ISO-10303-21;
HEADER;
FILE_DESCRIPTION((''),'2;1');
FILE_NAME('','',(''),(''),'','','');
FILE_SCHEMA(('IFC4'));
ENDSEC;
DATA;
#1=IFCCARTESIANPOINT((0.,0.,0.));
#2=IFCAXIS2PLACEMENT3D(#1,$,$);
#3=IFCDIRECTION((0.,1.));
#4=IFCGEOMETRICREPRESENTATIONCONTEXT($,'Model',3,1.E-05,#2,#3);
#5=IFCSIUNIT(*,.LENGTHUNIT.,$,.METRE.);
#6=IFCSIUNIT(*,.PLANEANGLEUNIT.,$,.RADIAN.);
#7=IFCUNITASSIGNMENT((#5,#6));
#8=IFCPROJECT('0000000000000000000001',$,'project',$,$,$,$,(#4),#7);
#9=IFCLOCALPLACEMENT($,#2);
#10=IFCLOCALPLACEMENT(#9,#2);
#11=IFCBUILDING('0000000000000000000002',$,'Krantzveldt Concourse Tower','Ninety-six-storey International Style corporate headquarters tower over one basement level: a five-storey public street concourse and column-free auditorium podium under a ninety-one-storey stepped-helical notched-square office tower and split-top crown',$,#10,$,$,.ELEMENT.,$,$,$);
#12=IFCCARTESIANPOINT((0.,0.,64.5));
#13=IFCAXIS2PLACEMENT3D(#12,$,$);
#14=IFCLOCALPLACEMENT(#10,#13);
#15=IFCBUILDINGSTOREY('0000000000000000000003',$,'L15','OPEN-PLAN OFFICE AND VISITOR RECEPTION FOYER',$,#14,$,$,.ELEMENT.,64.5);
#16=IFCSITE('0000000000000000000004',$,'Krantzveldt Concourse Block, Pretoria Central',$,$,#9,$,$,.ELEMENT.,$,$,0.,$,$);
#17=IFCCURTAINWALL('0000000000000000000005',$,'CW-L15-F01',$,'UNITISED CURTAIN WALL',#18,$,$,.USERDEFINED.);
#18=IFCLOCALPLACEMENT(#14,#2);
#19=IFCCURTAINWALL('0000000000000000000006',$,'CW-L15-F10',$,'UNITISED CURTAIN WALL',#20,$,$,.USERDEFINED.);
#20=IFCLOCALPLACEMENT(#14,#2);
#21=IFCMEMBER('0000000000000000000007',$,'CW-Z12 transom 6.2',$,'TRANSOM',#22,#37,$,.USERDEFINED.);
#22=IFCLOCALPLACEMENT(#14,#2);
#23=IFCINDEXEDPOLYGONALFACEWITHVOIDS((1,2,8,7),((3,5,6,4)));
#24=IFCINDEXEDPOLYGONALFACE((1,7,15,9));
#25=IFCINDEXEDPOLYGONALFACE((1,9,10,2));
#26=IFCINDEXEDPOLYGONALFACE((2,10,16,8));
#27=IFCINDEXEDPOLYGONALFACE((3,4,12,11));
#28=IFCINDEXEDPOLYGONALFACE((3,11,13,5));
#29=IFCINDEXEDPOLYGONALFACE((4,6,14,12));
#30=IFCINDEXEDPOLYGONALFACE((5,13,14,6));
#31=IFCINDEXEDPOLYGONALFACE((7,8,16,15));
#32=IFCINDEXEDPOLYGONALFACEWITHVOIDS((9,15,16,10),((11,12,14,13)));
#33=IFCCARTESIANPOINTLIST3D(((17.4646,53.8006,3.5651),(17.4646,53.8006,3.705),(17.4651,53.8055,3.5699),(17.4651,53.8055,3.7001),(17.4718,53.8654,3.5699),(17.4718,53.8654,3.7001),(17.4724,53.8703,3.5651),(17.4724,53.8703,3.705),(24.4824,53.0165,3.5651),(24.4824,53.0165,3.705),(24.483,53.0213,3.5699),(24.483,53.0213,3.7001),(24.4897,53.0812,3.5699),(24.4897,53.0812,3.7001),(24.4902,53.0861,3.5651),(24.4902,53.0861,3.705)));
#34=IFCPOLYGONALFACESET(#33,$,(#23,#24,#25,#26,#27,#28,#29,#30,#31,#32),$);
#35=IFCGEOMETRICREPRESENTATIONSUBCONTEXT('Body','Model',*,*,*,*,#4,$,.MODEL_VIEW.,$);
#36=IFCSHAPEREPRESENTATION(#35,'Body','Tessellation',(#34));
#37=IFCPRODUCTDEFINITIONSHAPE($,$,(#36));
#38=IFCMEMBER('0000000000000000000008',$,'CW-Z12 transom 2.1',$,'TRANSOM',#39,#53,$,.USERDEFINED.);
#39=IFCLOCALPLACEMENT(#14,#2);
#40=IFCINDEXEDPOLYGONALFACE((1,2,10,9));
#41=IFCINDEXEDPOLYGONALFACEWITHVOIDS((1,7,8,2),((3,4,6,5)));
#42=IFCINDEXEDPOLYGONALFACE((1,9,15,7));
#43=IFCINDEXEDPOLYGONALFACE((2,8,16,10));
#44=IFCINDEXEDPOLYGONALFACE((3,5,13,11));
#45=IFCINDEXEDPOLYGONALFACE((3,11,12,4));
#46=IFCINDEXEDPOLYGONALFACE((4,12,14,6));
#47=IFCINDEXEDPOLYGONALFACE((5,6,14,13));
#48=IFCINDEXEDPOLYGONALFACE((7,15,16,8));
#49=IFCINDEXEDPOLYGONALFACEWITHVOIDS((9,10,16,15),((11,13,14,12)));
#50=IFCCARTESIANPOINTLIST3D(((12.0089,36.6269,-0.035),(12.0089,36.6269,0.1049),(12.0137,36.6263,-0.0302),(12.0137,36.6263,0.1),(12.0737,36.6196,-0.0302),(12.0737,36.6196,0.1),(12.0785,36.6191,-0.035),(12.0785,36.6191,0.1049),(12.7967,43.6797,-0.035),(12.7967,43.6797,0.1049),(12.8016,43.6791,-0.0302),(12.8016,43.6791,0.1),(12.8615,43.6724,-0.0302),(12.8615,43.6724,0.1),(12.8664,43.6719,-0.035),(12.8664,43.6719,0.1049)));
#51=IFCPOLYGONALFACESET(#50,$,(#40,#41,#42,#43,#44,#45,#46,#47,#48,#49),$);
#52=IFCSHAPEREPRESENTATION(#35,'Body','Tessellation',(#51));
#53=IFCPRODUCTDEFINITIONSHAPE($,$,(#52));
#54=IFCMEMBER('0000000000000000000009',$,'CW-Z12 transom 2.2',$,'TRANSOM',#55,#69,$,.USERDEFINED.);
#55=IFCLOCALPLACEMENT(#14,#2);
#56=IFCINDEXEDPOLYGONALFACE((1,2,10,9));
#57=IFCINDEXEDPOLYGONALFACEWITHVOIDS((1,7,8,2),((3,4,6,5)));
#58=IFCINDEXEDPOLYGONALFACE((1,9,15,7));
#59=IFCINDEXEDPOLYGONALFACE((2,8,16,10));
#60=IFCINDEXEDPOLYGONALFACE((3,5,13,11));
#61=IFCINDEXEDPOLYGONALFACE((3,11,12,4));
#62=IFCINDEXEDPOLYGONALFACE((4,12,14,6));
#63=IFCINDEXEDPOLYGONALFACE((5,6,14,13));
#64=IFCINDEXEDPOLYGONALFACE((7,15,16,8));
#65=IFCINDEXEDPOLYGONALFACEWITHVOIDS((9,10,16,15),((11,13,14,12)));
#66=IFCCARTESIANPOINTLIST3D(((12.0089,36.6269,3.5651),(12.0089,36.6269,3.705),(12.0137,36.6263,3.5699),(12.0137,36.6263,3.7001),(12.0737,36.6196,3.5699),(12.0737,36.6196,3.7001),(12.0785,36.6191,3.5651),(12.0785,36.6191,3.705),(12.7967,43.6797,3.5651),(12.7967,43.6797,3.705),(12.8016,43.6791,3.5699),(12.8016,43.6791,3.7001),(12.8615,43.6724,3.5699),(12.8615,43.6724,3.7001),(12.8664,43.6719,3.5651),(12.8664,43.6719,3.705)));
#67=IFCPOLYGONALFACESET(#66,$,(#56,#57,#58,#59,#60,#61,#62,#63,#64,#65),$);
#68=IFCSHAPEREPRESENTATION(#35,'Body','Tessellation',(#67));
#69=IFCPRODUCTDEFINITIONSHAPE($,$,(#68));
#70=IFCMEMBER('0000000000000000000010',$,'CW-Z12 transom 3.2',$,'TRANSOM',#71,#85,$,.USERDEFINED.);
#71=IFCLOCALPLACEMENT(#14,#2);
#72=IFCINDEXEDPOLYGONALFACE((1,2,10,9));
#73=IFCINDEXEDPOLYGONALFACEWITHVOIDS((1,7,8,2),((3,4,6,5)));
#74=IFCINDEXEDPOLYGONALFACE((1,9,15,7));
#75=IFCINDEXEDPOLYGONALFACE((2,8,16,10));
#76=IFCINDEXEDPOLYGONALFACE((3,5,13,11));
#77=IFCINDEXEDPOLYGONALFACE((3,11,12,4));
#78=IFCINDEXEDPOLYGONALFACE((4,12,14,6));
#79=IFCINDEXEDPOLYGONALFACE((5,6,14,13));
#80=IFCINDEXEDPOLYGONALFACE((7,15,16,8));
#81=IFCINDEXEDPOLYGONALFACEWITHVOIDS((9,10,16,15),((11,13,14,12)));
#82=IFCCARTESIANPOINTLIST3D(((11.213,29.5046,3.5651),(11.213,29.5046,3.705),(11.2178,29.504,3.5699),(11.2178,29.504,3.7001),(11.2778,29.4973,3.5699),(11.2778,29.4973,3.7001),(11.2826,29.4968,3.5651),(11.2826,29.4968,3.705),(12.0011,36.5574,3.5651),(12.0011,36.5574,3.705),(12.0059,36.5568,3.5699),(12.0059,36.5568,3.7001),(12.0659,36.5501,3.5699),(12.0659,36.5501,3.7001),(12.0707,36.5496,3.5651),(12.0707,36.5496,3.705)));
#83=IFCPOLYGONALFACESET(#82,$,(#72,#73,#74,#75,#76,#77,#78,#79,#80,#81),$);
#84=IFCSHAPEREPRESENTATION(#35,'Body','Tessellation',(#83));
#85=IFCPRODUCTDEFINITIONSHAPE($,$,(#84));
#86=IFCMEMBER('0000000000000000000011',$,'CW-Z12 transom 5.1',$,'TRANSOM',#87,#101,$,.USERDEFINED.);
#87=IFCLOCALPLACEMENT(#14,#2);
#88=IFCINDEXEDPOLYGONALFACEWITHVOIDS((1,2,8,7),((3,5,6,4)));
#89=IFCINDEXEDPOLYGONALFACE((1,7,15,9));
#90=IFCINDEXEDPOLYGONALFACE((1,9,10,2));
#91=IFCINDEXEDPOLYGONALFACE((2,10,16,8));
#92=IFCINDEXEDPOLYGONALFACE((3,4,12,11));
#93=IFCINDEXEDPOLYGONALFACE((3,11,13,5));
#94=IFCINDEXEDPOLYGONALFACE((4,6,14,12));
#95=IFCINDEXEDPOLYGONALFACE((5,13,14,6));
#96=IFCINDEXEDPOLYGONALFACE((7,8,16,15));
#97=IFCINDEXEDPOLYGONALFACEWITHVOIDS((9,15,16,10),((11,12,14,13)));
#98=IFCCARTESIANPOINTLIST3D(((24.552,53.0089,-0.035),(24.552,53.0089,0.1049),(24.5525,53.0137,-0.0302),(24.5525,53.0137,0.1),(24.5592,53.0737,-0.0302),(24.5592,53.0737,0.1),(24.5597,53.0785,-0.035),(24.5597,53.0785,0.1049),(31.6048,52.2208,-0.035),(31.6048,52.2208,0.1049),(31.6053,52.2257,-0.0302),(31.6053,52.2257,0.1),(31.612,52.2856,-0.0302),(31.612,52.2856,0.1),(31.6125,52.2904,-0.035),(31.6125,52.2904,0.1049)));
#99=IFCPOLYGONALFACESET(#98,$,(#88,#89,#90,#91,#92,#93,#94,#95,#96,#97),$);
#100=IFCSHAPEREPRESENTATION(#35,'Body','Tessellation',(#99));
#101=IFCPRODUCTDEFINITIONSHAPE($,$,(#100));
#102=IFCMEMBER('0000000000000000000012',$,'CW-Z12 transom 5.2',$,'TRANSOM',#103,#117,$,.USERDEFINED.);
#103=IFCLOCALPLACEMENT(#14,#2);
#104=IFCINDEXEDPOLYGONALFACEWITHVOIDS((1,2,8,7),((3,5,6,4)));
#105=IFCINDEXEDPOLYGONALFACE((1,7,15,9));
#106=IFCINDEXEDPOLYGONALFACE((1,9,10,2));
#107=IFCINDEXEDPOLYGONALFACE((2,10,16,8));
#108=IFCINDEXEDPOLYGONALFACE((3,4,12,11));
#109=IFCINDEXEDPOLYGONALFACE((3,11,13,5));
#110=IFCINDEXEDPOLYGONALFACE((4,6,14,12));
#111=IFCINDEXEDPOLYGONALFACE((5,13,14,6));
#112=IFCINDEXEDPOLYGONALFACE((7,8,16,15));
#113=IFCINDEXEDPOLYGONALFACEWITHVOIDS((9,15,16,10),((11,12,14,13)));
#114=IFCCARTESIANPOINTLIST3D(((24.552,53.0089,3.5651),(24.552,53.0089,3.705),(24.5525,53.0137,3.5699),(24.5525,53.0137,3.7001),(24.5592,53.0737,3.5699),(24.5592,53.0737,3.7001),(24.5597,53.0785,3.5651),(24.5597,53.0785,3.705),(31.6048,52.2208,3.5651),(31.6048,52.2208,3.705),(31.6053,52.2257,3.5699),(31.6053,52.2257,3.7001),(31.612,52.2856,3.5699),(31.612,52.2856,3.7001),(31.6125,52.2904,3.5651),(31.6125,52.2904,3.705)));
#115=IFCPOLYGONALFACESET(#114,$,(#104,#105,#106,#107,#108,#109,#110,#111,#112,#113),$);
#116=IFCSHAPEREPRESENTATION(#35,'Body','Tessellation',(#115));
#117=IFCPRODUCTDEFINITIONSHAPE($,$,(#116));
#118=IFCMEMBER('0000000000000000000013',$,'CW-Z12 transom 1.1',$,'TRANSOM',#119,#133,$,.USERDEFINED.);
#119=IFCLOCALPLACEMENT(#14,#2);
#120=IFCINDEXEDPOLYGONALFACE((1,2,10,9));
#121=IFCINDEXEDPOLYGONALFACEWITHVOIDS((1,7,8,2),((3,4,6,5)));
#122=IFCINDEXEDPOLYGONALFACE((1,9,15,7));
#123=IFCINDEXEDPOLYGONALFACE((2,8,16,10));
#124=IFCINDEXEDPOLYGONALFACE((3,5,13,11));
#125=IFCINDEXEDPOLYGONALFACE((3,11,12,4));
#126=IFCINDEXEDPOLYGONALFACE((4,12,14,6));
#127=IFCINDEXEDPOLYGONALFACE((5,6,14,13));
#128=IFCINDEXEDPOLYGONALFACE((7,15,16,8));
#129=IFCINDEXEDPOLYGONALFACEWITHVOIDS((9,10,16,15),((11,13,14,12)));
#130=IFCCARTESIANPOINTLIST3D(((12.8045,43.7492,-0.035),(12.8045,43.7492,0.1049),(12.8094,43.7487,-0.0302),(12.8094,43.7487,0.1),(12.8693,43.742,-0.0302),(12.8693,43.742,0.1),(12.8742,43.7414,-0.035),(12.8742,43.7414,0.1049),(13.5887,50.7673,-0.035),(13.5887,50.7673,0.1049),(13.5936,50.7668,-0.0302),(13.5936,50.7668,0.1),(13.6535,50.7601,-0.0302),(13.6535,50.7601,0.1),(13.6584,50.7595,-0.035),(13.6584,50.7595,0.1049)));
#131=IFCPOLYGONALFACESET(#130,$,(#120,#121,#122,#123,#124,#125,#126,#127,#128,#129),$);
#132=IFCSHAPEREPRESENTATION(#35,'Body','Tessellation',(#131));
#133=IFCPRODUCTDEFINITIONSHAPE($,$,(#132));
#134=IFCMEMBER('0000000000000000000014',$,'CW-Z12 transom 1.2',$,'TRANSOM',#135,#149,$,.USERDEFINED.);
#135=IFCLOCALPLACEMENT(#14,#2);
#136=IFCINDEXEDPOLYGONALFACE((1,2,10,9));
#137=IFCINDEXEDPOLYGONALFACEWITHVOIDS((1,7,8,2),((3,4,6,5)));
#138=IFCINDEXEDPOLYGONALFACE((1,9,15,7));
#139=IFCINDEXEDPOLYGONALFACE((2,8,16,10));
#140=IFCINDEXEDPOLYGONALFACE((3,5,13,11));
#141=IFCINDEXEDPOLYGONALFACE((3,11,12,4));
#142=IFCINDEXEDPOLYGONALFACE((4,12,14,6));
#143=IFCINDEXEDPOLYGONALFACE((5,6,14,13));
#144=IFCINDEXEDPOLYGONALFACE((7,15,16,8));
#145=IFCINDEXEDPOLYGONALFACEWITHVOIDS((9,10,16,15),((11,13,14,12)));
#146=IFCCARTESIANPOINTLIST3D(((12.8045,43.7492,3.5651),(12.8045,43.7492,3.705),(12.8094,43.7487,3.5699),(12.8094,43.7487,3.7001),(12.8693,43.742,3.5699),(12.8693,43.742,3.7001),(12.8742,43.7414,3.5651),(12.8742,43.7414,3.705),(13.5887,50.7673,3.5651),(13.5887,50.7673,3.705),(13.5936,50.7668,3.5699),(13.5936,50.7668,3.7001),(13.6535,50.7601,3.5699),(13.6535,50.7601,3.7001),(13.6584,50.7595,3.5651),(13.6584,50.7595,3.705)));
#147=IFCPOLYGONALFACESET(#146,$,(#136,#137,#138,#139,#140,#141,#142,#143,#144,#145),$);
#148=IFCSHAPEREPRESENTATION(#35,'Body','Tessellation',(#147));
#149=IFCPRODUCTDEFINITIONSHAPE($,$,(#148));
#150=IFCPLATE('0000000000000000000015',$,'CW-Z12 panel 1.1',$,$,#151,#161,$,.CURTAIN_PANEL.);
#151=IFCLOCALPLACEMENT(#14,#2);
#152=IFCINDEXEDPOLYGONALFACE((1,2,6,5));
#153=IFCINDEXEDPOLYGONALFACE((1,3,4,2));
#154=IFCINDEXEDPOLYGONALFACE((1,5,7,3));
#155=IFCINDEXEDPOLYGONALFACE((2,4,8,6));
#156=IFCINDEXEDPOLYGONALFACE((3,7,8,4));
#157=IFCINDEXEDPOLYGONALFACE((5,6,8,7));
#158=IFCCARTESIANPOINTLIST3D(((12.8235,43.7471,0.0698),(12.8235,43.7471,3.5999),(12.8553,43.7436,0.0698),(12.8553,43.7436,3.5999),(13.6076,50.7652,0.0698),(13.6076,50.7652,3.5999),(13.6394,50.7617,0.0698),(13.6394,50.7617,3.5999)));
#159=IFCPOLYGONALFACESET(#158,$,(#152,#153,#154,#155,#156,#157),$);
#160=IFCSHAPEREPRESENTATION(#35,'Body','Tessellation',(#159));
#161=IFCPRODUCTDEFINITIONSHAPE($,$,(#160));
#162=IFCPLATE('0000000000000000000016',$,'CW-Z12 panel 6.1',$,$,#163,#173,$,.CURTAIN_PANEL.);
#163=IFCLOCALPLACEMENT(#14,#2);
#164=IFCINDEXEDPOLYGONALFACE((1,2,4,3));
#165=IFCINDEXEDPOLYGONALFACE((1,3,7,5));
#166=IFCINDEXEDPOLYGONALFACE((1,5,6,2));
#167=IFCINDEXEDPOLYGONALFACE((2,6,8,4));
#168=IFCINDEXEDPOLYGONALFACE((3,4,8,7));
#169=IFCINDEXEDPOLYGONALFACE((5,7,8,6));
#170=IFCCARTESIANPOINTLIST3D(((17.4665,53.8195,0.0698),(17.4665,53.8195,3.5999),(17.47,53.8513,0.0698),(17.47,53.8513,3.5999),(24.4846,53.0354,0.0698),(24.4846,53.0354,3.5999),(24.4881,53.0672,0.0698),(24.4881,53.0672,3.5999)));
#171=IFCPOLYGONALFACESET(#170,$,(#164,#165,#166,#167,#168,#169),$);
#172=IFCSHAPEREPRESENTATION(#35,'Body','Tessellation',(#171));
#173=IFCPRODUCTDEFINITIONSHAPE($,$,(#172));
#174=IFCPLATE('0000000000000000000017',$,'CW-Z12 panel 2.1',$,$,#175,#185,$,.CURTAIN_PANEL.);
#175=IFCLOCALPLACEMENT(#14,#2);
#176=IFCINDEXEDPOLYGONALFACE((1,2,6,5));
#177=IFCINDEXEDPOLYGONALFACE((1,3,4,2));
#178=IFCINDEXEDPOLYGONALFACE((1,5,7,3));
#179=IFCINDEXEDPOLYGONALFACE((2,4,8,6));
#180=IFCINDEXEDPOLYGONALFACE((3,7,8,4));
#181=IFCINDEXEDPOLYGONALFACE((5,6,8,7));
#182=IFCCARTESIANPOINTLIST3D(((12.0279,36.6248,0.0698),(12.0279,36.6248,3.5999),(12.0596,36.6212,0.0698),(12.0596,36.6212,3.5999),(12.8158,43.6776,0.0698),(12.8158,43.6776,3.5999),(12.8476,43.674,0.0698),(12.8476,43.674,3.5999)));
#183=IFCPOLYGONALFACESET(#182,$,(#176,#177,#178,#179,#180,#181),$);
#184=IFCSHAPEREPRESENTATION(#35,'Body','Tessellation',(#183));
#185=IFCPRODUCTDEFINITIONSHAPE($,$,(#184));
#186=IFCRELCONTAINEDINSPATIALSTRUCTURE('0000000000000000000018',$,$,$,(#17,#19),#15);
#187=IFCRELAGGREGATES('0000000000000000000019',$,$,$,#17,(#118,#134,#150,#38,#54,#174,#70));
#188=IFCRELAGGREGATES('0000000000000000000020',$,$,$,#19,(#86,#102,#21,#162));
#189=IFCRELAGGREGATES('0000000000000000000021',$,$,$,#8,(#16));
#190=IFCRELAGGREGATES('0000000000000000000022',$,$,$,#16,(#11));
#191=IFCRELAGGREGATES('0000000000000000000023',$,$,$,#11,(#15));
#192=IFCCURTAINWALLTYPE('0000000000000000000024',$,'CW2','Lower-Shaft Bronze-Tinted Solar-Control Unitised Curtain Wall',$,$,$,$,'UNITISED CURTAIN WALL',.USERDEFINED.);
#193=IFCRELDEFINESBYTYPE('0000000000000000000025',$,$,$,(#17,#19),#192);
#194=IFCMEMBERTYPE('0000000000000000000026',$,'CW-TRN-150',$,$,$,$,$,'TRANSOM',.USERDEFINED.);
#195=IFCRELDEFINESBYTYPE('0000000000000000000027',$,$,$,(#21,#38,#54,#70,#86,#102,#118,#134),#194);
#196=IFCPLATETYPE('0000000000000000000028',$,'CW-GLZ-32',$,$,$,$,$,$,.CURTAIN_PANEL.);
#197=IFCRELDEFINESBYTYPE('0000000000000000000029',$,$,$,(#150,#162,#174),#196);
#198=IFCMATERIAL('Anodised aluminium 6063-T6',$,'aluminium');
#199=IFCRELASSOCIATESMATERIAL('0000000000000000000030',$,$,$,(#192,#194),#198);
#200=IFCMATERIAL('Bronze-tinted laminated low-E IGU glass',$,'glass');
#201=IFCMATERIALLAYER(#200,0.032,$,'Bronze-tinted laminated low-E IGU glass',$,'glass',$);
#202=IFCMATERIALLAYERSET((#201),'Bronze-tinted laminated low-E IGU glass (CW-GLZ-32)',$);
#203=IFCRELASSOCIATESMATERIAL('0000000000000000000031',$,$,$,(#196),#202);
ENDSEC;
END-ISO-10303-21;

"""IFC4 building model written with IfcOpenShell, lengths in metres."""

from ifc_helpers import new_model, si_unit, direction, frame, origin, origin_2d, place, context, subcontext, project, spatial, rectangle, hollow_rectangle, extrude, source, transform, mapped, material, layer, layer_set, material_profile, profile_set, type_object, type_shapes, element, aggregate, save


model = new_model("IFC4")

# Units and contexts
model_context = context("Model", 3, precision=1e-05, world=origin(), true_north=direction((0.0, 1.0)))
body_context = subcontext(model_context, "Body", "Model", "MODEL_VIEW")
ifc_project = project(units=[si_unit("LENGTHUNIT", "METRE"), si_unit("PLANEANGLEUNIT", "RADIAN")], contexts=[model_context])

# Site, building, storey
site_placement = place(None, origin())
site = spatial("IfcSite", under=ifc_project, at=site_placement, Name="Krantzveldt Concourse Block, Pretoria Central", CompositionType="ELEMENT", RefElevation=0.0)
building_placement = place(site_placement, origin())
building = spatial("IfcBuilding", under=site, at=building_placement, Name="Krantzveldt Concourse Tower", Description="Ninety-six-storey International Style corporate headquarters tower over one basement level: a five-storey public street concourse and column-free auditorium podium under a ninety-one-storey stepped-helical notched-square office tower and split-top crown", CompositionType="ELEMENT")
storey_placement = place(building_placement, frame((0.0, 0.0, 64.5)))
storey = spatial("IfcBuildingStorey", under=building, at=storey_placement, Name="L15", Description="OPEN-PLAN OFFICE AND VISITOR RECEPTION FOYER", CompositionType="ELEMENT", Elevation=64.5)

# Curtain walls, member
ifc_material_1 = material(Name="Anodised aluminium 6063-T6", Category="aluminium")
curtain_wall_type = type_object("IfcCurtainWallType", Name="CW2", Description="Lower-Shaft Bronze-Tinted Solar-Control Unitised Curtain Wall", ElementType="UNITISED CURTAIN WALL", PredefinedType="USERDEFINED", material=ifc_material_1)
curtain_wall_1_placement = place(storey_placement, origin())
curtain_wall_1 = element("IfcCurtainWall", 1, at=curtain_wall_1_placement, inside=storey, type_object=curtain_wall_type, Name="CW-L15-F01", ObjectType="UNITISED CURTAIN WALL", PredefinedType="USERDEFINED")
curtain_wall_2_placement = place(storey_placement, origin())
curtain_wall_2 = element("IfcCurtainWall", 2, at=curtain_wall_2_placement, inside=storey, type_object=curtain_wall_type, Name="CW-L15-F10", ObjectType="UNITISED CURTAIN WALL", PredefinedType="USERDEFINED")
ifc_material_profile_1 = material_profile(ifc_material_1, hollow_rectangle(XDim=0.0701, YDim=0.1399, WallThickness=0.0049, at=origin_2d()), Name="Anodised aluminium 6063-T6", Category="aluminium")
ifc_profile_set_1 = profile_set([ifc_material_profile_1], Name="Anodised aluminium 6063-T6 - ALU-TRAN 140x70x5")
member_type_1 = type_object("IfcMemberType", Name="CW-TRN-150", ElementType="TRANSOM", PredefinedType="USERDEFINED", material=ifc_profile_set_1)
shared_shape_1 = source(origin(), body_context, "Body", "SweptSolid", [
    extrude(hollow_rectangle(XDim=0.0701, YDim=0.1399, WallThickness=0.0049, at=origin_2d()), origin(), (0.0, 0.0, 1.0), 7.0615),
])
member_1_placement = place(storey_placement, frame((24.4863, 53.0513, 3.635), z_axis=(-0.993815, 0.11105, 0.0), x_axis=(-0.11105, -0.993815, 0.0)))
member_1 = element("IfcMember", 3, at=member_1_placement, type_object=member_type_1, Name="CW-Z12 transom 6.2", ObjectType="TRANSOM", PredefinedType="USERDEFINED", context=body_context, shape_type="MappedRepresentation", body=[
    mapped(shared_shape_1, transform((0.0, 0.0, 0.0), x_axis=(1.0, 0.0, 0.0), y_axis=(0.0, 1.0, 0.0), z_axis=(0.0, 0.0, 1.0), scale=1.0)),
])

# Members
shared_shape_2 = source(origin(), body_context, "Body", "SweptSolid", [
    extrude(hollow_rectangle(XDim=0.0701, YDim=0.1399, WallThickness=0.0049, at=origin_2d()), origin(), (0.0, 0.0, 1.0), 7.0967),
])
member_2_placement = place(storey_placement, frame((12.8315, 43.6758, 0.0349), z_axis=(-0.111017, -0.993819, 0.0), x_axis=(0.993819, -0.111017, 0.0)))
member_2 = element("IfcMember", 4, at=member_2_placement, type_object=member_type_1, Name="CW-Z12 transom 2.1", ObjectType="TRANSOM", PredefinedType="USERDEFINED", context=body_context, shape_type="MappedRepresentation", body=[
    mapped(shared_shape_2, transform((0.0, 0.0, 0.0), x_axis=(1.0, 0.0, 0.0), y_axis=(0.0, 1.0, 0.0), z_axis=(0.0, 0.0, 1.0), scale=1.0)),
])
member_3_placement = place(storey_placement, frame((12.8315, 43.6758, 3.635), z_axis=(-0.111017, -0.993819, 0.0), x_axis=(0.993819, -0.111017, 0.0)))
member_3 = element("IfcMember", 5, at=member_3_placement, type_object=member_type_1, Name="CW-Z12 transom 2.2", ObjectType="TRANSOM", PredefinedType="USERDEFINED", context=body_context, shape_type="MappedRepresentation", body=[
    mapped(shared_shape_2, transform((0.0, 0.0, 0.0), x_axis=(1.0, 0.0, 0.0), y_axis=(0.0, 1.0, 0.0), z_axis=(0.0, 0.0, 1.0), scale=1.0)),
])
member_4_placement = place(storey_placement, frame((12.0359, 36.5535, 3.635), z_axis=(-0.111051, -0.993815, 0.0), x_axis=(0.993815, -0.111051, 0.0)))
member_4 = element("IfcMember", 6, at=member_4_placement, type_object=member_type_1, Name="CW-Z12 transom 3.2", ObjectType="TRANSOM", PredefinedType="USERDEFINED", context=body_context, shape_type="MappedRepresentation", body=[
    mapped(shared_shape_2, transform((0.0, 0.0, 0.0), x_axis=(1.0, 0.0, 0.0), y_axis=(0.0, 1.0, 0.0), z_axis=(0.0, 0.0, 1.0), scale=1.0)),
])
member_5_placement = place(storey_placement, frame((31.6086, 52.2556, 0.0349), z_axis=(-0.993815, 0.111051, 0.0), x_axis=(-0.111051, -0.993815, 0.0)))
member_5 = element("IfcMember", 7, at=member_5_placement, type_object=member_type_1, Name="CW-Z12 transom 5.1", ObjectType="TRANSOM", PredefinedType="USERDEFINED", context=body_context, shape_type="MappedRepresentation", body=[
    mapped(shared_shape_2, transform((0.0, 0.0, 0.0), x_axis=(1.0, 0.0, 0.0), y_axis=(0.0, 1.0, 0.0), z_axis=(0.0, 0.0, 1.0), scale=1.0)),
])
member_6_placement = place(storey_placement, frame((31.6086, 52.2556, 3.635), z_axis=(-0.993815, 0.111051, 0.0), x_axis=(-0.111051, -0.993815, 0.0)))
member_6 = element("IfcMember", 8, at=member_6_placement, type_object=member_type_1, Name="CW-Z12 transom 5.2", ObjectType="TRANSOM", PredefinedType="USERDEFINED", context=body_context, shape_type="MappedRepresentation", body=[
    mapped(shared_shape_2, transform((0.0, 0.0, 0.0), x_axis=(1.0, 0.0, 0.0), y_axis=(0.0, 1.0, 0.0), z_axis=(0.0, 0.0, 1.0), scale=1.0)),
])
shared_shape_3 = source(origin(), body_context, "Body", "SweptSolid", [
    extrude(hollow_rectangle(XDim=0.0701, YDim=0.1399, WallThickness=0.0049, at=origin_2d()), origin(), (0.0, 0.0, 1.0), 7.0618),
])
type_shapes(member_type_1, [shared_shape_1, shared_shape_2, shared_shape_3])
member_7_placement = place(storey_placement, frame((13.6235, 50.7634, 0.0349), z_axis=(-0.111046, -0.993815, 0.0), x_axis=(0.993815, -0.111046, 0.0)))
member_7 = element("IfcMember", 9, at=member_7_placement, type_object=member_type_1, Name="CW-Z12 transom 1.1", ObjectType="TRANSOM", PredefinedType="USERDEFINED", context=body_context, shape_type="MappedRepresentation", body=[
    mapped(shared_shape_3, transform((0.0, 0.0, 0.0), x_axis=(1.0, 0.0, 0.0), y_axis=(0.0, 1.0, 0.0), z_axis=(0.0, 0.0, 1.0), scale=1.0)),
])
member_8_placement = place(storey_placement, frame((13.6235, 50.7634, 3.635), z_axis=(-0.111046, -0.993815, 0.0), x_axis=(0.993815, -0.111046, 0.0)))
member_8 = element("IfcMember", 10, at=member_8_placement, type_object=member_type_1, Name="CW-Z12 transom 1.2", ObjectType="TRANSOM", PredefinedType="USERDEFINED", context=body_context, shape_type="MappedRepresentation", body=[
    mapped(shared_shape_3, transform((0.0, 0.0, 0.0), x_axis=(1.0, 0.0, 0.0), y_axis=(0.0, 1.0, 0.0), z_axis=(0.0, 0.0, 1.0), scale=1.0)),
])

# Plates
ifc_material_2 = material(Name="Bronze-tinted laminated low-E IGU glass", Category="glass")
ifc_layer_1 = layer(ifc_material_2, 0.032, Name="Bronze-tinted laminated low-E IGU glass", Category="glass")
ifc_layer_set_1 = layer_set([ifc_layer_1], Name="Bronze-tinted laminated low-E IGU glass (CW-GLZ-32)")
plate_type = type_object("IfcPlateType", Name="CW-GLZ-32", PredefinedType="CURTAIN_PANEL", material=ifc_layer_set_1)
shared_shape_4 = source(origin(), body_context, "Body", "SweptSolid", [
    extrude(rectangle(XDim=7.0618, YDim=0.032, at=origin_2d()), origin(), (0.0, 0.0, 1.0), 3.53),
])
plate_1_placement = place(storey_placement, frame((13.2314, 47.2544, 0.0698), z_axis=(0.0, 0.0, 1.0), x_axis=(-0.111035, -0.993816, 0.0)))
plate_1 = element("IfcPlate", 11, at=plate_1_placement, type_object=plate_type, Name="CW-Z12 panel 1.1", PredefinedType="CURTAIN_PANEL", context=body_context, shape_type="MappedRepresentation", body=[
    mapped(shared_shape_4, transform((0.0, 0.0, 0.0), x_axis=(1.0, 0.0, 0.0), y_axis=(0.0, 1.0, 0.0), z_axis=(0.0, 0.0, 1.0), scale=1.0)),
])
plate_2_placement = place(storey_placement, frame((20.9773, 53.4434, 0.0698), z_axis=(0.0, 0.0, 1.0), x_axis=(-0.993816, 0.111035, 0.0)))
plate_2 = element("IfcPlate", 12, at=plate_2_placement, type_object=plate_type, Name="CW-Z12 panel 6.1", PredefinedType="CURTAIN_PANEL", context=body_context, shape_type="MappedRepresentation", body=[
    mapped(shared_shape_4, transform((0.0, 0.0, 0.0), x_axis=(1.0, 0.0, 0.0), y_axis=(0.0, 1.0, 0.0), z_axis=(0.0, 0.0, 1.0), scale=1.0)),
])
shared_shape_5 = source(origin(), body_context, "Body", "SweptSolid", [
    extrude(rectangle(XDim=7.0967, YDim=0.032, at=origin_2d()), origin(), (0.0, 0.0, 1.0), 3.53),
])
type_shapes(plate_type, [shared_shape_4, shared_shape_5])
plate_3_placement = place(storey_placement, frame((12.4377, 40.1494, 0.0698), z_axis=(0.0, 0.0, 1.0), x_axis=(-0.111035, -0.993816, 0.0)))
plate_3 = element("IfcPlate", 13, at=plate_3_placement, type_object=plate_type, Name="CW-Z12 panel 2.1", PredefinedType="CURTAIN_PANEL", context=body_context, shape_type="MappedRepresentation", body=[
    mapped(shared_shape_5, transform((0.0, 0.0, 0.0), x_axis=(1.0, 0.0, 0.0), y_axis=(0.0, 1.0, 0.0), z_axis=(0.0, 0.0, 1.0), scale=1.0)),
])
aggregate(curtain_wall_1, [member_7, member_8, plate_1, member_2, member_3, plate_3, member_4])
aggregate(curtain_wall_2, [member_5, member_6, member_1, plate_2])

save(model, "model.ifc")
